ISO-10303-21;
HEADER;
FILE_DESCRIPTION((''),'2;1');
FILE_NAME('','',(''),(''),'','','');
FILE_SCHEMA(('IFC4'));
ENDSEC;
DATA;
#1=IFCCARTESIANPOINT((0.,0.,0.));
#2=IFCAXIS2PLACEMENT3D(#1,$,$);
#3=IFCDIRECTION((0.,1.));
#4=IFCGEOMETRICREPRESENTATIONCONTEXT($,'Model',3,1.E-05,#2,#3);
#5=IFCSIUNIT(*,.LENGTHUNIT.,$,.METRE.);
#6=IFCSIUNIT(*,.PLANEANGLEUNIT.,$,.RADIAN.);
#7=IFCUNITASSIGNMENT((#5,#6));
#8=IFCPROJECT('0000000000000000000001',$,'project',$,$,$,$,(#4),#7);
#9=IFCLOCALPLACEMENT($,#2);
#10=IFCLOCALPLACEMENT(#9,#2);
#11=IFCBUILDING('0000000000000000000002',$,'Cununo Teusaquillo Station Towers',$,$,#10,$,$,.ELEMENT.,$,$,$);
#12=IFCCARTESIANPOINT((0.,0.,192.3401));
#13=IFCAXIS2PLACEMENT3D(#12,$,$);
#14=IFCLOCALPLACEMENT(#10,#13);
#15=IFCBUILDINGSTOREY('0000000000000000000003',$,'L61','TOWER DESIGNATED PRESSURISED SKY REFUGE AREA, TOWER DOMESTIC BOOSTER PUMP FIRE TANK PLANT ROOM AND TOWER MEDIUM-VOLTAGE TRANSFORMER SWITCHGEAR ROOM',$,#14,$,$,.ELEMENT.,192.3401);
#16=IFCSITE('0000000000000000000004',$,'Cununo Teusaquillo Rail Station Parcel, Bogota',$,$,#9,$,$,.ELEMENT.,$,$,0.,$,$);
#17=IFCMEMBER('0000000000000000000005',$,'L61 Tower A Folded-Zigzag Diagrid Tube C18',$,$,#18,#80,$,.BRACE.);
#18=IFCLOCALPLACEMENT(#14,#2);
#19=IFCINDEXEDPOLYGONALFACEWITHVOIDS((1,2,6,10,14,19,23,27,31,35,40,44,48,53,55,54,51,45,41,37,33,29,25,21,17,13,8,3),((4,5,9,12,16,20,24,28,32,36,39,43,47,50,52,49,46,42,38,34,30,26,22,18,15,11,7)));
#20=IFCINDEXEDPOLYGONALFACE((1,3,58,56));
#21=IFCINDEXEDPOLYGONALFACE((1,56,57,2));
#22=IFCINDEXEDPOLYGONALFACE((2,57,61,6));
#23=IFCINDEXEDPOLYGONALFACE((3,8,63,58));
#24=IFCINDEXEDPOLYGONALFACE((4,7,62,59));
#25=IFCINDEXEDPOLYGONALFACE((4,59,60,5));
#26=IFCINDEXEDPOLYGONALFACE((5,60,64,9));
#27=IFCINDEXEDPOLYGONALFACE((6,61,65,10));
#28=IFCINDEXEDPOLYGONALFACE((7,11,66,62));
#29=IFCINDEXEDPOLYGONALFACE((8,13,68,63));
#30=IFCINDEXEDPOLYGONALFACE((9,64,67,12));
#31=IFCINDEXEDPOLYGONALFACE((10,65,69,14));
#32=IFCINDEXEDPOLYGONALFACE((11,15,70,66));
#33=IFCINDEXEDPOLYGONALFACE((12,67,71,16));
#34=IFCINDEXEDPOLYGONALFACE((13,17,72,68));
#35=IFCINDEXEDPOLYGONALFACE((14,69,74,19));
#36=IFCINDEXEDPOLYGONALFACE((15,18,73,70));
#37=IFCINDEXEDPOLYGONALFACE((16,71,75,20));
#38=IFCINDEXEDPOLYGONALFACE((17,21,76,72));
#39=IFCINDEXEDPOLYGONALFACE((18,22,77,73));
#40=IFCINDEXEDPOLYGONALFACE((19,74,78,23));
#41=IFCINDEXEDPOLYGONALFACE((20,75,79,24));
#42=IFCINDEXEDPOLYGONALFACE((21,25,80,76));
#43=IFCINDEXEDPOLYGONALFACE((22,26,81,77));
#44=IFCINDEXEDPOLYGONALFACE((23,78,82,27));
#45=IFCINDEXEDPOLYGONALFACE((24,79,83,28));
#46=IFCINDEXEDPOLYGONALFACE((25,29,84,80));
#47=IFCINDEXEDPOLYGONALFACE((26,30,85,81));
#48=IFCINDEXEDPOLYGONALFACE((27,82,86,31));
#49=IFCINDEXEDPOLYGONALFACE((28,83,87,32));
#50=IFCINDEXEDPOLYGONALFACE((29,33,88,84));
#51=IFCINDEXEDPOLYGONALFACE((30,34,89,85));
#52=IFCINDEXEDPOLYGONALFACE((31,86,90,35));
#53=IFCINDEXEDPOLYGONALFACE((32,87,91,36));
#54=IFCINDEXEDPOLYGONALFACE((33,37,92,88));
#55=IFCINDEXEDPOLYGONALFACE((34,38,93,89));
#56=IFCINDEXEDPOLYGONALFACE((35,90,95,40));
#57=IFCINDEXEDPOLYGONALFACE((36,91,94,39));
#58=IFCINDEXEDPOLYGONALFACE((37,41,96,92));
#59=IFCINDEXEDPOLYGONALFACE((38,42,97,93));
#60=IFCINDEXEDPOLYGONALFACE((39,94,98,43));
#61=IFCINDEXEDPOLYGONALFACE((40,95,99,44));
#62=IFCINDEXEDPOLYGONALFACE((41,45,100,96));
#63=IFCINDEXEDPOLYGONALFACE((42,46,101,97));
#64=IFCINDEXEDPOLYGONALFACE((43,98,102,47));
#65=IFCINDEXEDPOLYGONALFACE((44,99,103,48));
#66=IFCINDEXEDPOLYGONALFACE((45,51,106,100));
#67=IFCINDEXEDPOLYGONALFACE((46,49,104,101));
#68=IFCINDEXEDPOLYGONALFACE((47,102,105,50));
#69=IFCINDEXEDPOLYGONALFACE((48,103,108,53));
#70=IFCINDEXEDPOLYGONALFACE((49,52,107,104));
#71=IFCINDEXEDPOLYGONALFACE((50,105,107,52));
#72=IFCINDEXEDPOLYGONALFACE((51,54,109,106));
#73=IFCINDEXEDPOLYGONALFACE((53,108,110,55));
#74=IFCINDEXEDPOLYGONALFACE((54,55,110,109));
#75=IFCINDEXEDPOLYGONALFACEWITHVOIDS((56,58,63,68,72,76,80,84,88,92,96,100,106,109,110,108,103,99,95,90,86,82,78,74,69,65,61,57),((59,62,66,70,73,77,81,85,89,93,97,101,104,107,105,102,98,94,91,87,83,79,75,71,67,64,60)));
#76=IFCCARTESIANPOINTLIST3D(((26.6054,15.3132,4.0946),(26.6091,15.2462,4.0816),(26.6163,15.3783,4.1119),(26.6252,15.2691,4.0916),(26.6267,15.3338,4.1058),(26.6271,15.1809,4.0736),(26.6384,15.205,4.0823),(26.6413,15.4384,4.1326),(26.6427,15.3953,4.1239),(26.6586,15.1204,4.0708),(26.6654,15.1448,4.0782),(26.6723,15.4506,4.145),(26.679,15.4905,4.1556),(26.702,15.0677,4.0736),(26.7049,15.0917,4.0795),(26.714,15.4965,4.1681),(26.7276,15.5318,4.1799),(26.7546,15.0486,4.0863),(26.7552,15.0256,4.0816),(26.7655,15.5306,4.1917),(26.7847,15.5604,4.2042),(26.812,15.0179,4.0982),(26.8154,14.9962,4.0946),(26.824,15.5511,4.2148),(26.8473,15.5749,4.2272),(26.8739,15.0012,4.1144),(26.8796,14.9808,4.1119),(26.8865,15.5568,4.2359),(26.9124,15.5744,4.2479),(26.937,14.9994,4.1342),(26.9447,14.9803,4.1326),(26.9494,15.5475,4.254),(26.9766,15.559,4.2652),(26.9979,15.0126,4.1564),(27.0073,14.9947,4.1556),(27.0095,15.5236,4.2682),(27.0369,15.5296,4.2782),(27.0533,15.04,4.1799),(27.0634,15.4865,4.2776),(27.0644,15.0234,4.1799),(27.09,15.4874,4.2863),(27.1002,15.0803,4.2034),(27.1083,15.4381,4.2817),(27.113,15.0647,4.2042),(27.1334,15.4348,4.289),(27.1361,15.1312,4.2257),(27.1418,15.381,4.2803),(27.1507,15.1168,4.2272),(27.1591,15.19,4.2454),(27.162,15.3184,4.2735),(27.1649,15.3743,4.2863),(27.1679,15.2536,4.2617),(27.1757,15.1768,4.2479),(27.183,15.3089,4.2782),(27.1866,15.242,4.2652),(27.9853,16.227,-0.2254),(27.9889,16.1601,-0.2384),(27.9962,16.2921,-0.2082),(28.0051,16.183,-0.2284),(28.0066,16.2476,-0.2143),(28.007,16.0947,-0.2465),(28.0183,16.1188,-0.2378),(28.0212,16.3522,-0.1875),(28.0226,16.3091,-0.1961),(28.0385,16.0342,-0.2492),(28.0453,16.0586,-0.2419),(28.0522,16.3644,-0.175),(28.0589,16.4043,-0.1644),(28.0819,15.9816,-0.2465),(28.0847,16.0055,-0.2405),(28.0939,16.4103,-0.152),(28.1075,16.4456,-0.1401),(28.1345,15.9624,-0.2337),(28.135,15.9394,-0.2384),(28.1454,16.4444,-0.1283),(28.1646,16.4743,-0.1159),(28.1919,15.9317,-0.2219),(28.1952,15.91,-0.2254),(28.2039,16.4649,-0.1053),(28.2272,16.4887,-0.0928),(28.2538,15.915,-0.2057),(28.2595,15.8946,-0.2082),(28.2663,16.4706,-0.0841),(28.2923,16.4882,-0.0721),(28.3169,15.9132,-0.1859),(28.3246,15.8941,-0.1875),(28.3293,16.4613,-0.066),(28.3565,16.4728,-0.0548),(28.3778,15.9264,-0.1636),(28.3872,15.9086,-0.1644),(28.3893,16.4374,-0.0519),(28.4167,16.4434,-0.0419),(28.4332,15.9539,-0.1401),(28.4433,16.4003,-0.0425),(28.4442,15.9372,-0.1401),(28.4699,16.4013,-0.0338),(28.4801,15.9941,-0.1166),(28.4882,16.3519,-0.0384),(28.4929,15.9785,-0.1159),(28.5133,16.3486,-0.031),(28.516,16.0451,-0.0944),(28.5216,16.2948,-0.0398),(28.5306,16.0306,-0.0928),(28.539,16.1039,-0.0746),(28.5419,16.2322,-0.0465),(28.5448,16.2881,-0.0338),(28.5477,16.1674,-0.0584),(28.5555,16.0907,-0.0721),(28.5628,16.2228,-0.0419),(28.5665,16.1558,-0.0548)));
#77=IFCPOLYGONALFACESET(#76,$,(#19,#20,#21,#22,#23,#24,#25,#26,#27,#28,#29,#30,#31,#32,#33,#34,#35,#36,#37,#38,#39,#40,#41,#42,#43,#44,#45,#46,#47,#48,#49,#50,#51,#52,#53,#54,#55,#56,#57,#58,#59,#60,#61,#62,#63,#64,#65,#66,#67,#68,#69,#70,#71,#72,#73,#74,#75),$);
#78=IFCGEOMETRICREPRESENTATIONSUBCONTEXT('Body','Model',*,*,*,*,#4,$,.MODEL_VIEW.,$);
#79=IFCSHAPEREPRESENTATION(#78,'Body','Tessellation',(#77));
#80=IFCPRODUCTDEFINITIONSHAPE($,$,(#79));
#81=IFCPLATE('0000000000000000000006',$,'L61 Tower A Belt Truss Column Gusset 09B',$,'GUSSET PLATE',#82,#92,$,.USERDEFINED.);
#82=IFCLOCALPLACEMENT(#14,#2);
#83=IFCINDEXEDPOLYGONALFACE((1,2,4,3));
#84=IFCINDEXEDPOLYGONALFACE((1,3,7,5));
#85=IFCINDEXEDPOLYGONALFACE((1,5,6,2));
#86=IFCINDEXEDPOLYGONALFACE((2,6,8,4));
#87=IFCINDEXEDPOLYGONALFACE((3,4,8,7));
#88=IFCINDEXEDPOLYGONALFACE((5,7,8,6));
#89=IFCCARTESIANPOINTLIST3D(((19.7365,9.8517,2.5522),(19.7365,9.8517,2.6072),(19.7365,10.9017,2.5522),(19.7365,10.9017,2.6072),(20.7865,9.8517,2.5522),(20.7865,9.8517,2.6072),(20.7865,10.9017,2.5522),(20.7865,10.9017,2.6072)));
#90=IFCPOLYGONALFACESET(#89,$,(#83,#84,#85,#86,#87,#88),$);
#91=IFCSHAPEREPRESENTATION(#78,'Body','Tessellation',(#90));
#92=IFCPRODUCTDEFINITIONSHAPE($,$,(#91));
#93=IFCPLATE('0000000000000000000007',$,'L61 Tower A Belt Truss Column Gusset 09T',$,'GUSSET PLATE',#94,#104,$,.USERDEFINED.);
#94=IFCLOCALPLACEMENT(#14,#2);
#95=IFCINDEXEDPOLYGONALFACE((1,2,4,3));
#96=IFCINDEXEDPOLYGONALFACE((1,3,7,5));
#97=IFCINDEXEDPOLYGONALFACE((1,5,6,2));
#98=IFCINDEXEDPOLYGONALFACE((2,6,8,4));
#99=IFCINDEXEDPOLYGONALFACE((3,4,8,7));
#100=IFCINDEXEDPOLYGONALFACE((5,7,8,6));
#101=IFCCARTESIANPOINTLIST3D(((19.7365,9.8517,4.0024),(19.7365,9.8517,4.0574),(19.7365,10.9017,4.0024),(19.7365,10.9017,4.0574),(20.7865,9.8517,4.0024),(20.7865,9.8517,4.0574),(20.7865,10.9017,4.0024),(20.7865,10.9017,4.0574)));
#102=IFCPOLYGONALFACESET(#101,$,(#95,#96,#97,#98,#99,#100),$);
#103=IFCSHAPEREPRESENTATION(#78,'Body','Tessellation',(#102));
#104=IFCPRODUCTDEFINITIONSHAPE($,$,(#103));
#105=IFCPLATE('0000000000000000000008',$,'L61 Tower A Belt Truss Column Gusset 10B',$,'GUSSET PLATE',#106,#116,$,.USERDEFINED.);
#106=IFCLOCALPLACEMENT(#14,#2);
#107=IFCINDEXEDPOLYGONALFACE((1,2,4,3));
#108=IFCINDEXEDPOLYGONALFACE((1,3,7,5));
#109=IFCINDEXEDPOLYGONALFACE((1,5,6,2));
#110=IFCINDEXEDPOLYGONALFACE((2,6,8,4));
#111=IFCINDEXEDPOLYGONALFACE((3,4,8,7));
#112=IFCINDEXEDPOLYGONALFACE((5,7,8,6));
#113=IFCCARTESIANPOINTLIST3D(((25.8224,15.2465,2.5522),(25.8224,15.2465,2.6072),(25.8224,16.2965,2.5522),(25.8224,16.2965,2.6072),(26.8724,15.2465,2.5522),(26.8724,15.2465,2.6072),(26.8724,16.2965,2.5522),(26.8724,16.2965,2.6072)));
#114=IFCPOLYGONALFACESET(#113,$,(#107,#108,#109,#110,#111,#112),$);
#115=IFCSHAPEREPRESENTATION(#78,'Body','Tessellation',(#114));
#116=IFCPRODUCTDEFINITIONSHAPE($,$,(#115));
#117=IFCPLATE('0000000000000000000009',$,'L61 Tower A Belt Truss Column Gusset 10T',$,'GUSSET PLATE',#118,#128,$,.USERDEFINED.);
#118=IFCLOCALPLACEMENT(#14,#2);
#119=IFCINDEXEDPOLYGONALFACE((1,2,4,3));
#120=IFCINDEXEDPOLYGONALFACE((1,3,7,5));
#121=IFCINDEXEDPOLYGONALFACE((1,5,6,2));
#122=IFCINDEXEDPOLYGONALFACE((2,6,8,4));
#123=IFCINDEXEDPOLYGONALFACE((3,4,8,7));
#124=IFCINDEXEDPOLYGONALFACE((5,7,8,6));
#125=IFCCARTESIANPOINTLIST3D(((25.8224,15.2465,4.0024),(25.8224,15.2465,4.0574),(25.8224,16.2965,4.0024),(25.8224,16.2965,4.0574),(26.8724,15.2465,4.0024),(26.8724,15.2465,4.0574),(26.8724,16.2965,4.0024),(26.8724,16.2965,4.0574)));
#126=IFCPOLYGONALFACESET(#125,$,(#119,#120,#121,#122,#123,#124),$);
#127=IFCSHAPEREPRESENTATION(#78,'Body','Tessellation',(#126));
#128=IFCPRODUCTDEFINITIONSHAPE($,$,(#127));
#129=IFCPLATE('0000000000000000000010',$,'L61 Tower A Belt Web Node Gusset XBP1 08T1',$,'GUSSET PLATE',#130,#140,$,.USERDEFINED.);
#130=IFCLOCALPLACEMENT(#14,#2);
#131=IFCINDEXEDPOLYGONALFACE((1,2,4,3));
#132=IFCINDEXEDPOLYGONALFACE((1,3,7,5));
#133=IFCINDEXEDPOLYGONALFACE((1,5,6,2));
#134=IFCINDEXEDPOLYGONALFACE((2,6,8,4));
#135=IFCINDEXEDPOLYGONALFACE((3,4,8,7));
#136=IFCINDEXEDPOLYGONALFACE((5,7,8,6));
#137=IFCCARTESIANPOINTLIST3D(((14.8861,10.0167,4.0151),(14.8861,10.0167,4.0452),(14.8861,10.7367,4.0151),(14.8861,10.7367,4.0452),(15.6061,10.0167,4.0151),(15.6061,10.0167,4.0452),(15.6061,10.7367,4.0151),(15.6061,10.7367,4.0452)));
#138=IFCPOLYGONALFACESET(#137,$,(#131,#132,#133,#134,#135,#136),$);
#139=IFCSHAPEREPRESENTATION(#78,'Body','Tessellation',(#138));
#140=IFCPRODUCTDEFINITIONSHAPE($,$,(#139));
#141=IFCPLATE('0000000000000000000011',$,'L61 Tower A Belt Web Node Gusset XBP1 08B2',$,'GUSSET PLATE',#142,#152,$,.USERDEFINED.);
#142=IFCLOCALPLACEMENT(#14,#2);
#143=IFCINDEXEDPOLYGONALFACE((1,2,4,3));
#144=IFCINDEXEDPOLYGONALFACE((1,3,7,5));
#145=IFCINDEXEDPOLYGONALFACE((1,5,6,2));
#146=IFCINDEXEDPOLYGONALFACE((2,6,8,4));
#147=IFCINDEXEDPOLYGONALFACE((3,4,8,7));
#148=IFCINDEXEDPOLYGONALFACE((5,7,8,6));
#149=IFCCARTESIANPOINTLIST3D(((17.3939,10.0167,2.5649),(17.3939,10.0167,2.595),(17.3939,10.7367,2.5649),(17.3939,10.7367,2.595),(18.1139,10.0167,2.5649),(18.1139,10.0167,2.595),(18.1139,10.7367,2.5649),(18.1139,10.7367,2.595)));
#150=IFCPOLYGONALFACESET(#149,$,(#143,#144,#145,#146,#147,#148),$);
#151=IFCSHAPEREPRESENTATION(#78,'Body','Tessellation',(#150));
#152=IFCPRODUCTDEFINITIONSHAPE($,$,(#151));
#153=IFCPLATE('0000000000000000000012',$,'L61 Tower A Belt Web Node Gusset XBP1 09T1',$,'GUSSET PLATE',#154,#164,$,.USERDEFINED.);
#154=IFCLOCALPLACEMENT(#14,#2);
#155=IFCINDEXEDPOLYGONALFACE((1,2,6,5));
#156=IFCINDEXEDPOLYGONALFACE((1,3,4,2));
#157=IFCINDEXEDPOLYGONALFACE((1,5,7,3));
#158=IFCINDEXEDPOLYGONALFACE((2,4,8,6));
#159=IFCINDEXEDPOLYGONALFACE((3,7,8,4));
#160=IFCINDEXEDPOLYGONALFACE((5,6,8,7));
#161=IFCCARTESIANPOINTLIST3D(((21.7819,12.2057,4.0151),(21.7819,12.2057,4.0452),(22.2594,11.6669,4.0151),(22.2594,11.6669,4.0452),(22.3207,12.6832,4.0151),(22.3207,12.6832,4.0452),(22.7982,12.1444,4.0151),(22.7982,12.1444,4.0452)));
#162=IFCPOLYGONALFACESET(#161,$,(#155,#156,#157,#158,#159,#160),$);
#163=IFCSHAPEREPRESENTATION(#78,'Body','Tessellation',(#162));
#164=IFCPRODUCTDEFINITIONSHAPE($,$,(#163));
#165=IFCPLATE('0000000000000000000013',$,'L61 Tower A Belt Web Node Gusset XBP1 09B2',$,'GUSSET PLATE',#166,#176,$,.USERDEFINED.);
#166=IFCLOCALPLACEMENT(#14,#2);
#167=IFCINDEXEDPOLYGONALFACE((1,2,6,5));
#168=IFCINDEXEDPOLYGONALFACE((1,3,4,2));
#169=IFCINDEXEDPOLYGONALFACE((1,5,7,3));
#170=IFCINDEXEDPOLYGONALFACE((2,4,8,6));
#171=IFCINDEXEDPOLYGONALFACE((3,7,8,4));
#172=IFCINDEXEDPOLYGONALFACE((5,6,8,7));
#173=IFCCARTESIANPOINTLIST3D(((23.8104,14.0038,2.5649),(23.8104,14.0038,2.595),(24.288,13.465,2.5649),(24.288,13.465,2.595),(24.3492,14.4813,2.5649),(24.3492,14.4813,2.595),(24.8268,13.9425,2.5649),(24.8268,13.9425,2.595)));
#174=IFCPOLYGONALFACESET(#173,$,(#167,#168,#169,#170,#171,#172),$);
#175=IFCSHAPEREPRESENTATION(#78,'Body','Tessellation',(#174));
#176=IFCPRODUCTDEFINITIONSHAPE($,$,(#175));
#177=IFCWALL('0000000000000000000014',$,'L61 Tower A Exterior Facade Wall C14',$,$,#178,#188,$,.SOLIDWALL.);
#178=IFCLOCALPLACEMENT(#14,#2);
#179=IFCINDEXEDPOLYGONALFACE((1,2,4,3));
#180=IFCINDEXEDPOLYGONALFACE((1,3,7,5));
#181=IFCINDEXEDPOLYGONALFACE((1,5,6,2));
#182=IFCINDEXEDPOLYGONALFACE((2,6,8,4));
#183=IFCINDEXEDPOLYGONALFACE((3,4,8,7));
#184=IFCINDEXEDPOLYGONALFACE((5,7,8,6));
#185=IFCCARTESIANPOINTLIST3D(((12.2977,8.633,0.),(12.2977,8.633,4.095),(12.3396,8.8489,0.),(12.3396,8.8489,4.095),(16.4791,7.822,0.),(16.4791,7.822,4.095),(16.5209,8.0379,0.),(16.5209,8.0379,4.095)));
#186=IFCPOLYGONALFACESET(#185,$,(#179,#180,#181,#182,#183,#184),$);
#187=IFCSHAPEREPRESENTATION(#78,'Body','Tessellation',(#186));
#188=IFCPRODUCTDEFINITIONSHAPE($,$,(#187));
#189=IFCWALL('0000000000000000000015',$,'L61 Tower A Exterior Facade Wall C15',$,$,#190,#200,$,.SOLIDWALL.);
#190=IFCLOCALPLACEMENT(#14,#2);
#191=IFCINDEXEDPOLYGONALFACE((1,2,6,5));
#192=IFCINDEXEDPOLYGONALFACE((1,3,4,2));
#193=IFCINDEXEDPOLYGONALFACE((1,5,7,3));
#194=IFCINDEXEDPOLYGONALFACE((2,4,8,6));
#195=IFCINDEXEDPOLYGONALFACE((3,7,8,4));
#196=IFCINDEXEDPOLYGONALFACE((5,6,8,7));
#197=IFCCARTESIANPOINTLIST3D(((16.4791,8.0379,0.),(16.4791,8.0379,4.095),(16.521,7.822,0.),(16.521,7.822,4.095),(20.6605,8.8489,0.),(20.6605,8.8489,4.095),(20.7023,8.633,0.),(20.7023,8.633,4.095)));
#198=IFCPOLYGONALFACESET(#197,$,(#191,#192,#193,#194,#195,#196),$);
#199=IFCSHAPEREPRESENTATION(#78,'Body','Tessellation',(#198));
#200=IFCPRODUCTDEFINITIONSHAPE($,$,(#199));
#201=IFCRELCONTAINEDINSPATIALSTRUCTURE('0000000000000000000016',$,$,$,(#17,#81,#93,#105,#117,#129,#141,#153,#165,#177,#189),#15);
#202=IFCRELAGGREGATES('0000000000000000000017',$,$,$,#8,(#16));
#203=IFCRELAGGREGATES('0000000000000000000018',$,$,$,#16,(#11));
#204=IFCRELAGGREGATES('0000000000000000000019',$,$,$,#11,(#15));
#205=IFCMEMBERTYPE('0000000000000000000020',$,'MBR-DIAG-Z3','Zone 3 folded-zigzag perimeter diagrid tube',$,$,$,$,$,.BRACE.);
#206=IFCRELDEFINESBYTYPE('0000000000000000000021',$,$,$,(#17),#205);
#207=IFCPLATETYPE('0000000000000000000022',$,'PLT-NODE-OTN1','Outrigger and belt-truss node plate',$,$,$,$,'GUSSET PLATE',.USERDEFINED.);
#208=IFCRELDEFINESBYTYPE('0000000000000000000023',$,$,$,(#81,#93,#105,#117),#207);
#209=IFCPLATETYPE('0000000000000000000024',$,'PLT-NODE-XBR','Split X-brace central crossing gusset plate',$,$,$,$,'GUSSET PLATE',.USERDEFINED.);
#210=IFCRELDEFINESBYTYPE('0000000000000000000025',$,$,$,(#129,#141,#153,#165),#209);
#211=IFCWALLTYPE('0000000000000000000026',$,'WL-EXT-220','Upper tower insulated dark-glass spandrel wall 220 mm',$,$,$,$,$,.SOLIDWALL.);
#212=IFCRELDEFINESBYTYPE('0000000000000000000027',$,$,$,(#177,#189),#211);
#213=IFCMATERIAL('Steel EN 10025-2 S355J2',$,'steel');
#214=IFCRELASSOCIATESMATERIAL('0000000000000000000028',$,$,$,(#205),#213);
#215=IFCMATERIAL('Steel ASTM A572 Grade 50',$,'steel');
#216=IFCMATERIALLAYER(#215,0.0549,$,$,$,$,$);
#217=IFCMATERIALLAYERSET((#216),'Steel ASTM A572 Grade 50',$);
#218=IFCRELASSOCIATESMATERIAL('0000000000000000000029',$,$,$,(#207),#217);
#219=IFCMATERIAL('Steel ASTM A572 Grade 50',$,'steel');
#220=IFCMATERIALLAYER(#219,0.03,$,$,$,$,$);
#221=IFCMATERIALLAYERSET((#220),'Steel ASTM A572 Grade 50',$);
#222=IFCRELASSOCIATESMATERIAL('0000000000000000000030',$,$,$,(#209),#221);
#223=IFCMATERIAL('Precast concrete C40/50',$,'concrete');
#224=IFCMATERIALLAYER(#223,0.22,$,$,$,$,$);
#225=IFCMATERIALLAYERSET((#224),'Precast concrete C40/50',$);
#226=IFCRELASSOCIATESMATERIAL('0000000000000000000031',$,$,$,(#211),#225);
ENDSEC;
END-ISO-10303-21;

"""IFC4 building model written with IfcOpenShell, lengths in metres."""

from ifc_helpers import new_model, si_unit, direction, frame, frame_2d, origin, origin_2d, place, context, subcontext, project, spatial, rectangle, hollow_circle, extrude, source, transform, mapped, material, layer, layer_set, material_profile, profile_set, type_object, element, save


model = new_model("IFC4")

# Units and contexts
model_context = context("Model", 3, precision=1e-05, world=origin(), true_north=direction((0.0, 1.0)))
body_context = subcontext(model_context, "Body", "Model", "MODEL_VIEW")
ifc_project = project(units=[si_unit("LENGTHUNIT", "METRE"), si_unit("PLANEANGLEUNIT", "RADIAN")], contexts=[model_context])

# Site, building, storey
site_placement = place(None, origin())
site = spatial("IfcSite", under=ifc_project, at=site_placement, Name="Cununo Teusaquillo Rail Station Parcel, Bogota", CompositionType="ELEMENT", RefElevation=0.0)
building_placement = place(site_placement, origin())
building = spatial("IfcBuilding", under=site, at=building_placement, Name="Cununo Teusaquillo Station Towers", CompositionType="ELEMENT")
storey_placement = place(building_placement, frame((0.0, 0.0, 192.3401)))
storey = spatial("IfcBuildingStorey", under=building, at=storey_placement, Name="L61", Description="TOWER DESIGNATED PRESSURISED SKY REFUGE AREA, TOWER DOMESTIC BOOSTER PUMP FIRE TANK PLANT ROOM AND TOWER MEDIUM-VOLTAGE TRANSFORMER SWITCHGEAR ROOM", CompositionType="ELEMENT", Elevation=192.3401)

# Member
ifc_material_1 = material(Name="Steel EN 10025-2 S355J2", Category="steel")
ifc_material_profile_1 = material_profile(ifc_material_1, hollow_circle(Radius=0.3049, WallThickness=0.02, at=origin_2d()), Name="CHS 610x20")
ifc_profile_set_1 = profile_set([ifc_material_profile_1], Name="Steel EN 10025-2 S355J2")
member_type_1 = type_object("IfcMemberType", Name="MBR-DIAG-Z3", Description="Zone 3 folded-zigzag perimeter diagrid tube", PredefinedType="BRACE", material=ifc_profile_set_1)
member_1_placement = place(storey_placement, frame((28.2759, 16.1914, -0.1401), z_axis=(-0.298273, -0.197529, 0.933818), x_axis=(0.552144, -0.833748, 0.0)))
element("IfcMember", 1, at=member_1_placement, inside=storey, type_object=member_type_1, Name="L61 Tower A Folded-Zigzag Diagrid Tube C18", PredefinedType="BRACE", context=body_context, shape_type="SweptSolid", body=[
    extrude(hollow_circle(Radius=0.3049, WallThickness=0.02, at=origin_2d()), origin(), (0.0, 0.0, 1.0), 4.6262),
])

# Plates
ifc_material_2 = material(Name="Steel ASTM A572 Grade 50", Category="steel")
ifc_layer_1 = layer(ifc_material_2, 0.0549)
ifc_layer_set_1 = layer_set([ifc_layer_1], Name="Steel ASTM A572 Grade 50")
plate_type_1 = type_object("IfcPlateType", Name="PLT-NODE-OTN1", Description="Outrigger and belt-truss node plate", ElementType="GUSSET PLATE", PredefinedType="USERDEFINED", material=ifc_layer_set_1)
shared_shape_1 = source(origin(), body_context, "Body", "SweptSolid", [
    extrude(rectangle(XDim=1.05, YDim=1.05, at=origin_2d()), origin(), (0.0, 0.0, 1.0), 0.0549),
])
for number, where, z_axis, x_axis, name in (
    (2, (20.2615, 10.3767, 2.5522), (0.0, 0.0, 1.0), (1.0, 0.0, 0.0), "L61 Tower A Belt Truss Column Gusset 09B"),
    (3, (20.2615, 10.3767, 4.0024), (0.0, 0.0, 1.0), (1.0, 0.0, 0.0), "L61 Tower A Belt Truss Column Gusset 09T"),
    (4, (26.3474, 15.7715, 2.5522), (0.0, 0.0, 1.0), (1.0, 0.0, 0.0), "L61 Tower A Belt Truss Column Gusset 10B"),
    (5, (26.3474, 15.7715, 4.0024), (0.0, 0.0, 1.0), (1.0, 0.0, 0.0), "L61 Tower A Belt Truss Column Gusset 10T"),
):
    element("IfcPlate", number, at=place(storey_placement, frame(where, z_axis=z_axis, x_axis=x_axis)), inside=storey, type_object=plate_type_1, Name=name, ObjectType="GUSSET PLATE", PredefinedType="USERDEFINED", context=body_context, shape_type="MappedRepresentation", body=[
        mapped(shared_shape_1, transform((0.0, 0.0, 0.0), x_axis=(1.0, 0.0, 0.0), y_axis=(0.0, 1.0, 0.0), z_axis=(0.0, 0.0, 1.0), scale=1.0)),
    ])
ifc_material_3 = material(Name="Steel ASTM A572 Grade 50", Category="steel")
ifc_layer_2 = layer(ifc_material_3, 0.03)
ifc_layer_set_2 = layer_set([ifc_layer_2], Name="Steel ASTM A572 Grade 50")
plate_type_2 = type_object("IfcPlateType", Name="PLT-NODE-XBR", Description="Split X-brace central crossing gusset plate", ElementType="GUSSET PLATE", PredefinedType="USERDEFINED", material=ifc_layer_set_2)
shared_shape_2 = source(origin(), body_context, "Body", "SweptSolid", [
    extrude(rectangle(XDim=0.72, YDim=0.72, at=origin_2d()), origin(), (0.0, 0.0, 1.0), 0.03),
])
for number, where, z_axis, x_axis, name in (
    (6, (15.2461, 10.3767, 4.0151), (0.0, 0.0, 1.0), (1.0, 0.0, 0.0), "L61 Tower A Belt Web Node Gusset XBP1 08T1"),
    (7, (17.7539, 10.3767, 2.5649), (0.0, 0.0, 1.0), (1.0, 0.0, 0.0), "L61 Tower A Belt Web Node Gusset XBP1 08B2"),
    (8, (22.29, 12.175, 4.0151), (0.0, 0.0, 1.0), (0.748377, 0.663273, 0.0), "L61 Tower A Belt Web Node Gusset XBP1 09T1"),
    (9, (24.3186, 13.9731, 2.5649), (0.0, 0.0, 1.0), (0.748377, 0.663273, 0.0), "L61 Tower A Belt Web Node Gusset XBP1 09B2"),
):
    element("IfcPlate", number, at=place(storey_placement, frame(where, z_axis=z_axis, x_axis=x_axis)), inside=storey, type_object=plate_type_2, Name=name, ObjectType="GUSSET PLATE", PredefinedType="USERDEFINED", context=body_context, shape_type="MappedRepresentation", body=[
        mapped(shared_shape_2, transform((0.0, 0.0, 0.0), x_axis=(1.0, 0.0, 0.0), y_axis=(0.0, 1.0, 0.0), z_axis=(0.0, 0.0, 1.0), scale=1.0)),
    ])

# Walls
ifc_material_4 = material(Name="Precast concrete C40/50", Category="concrete")
ifc_layer_3 = layer(ifc_material_4, 0.22)
ifc_layer_set_3 = layer_set([ifc_layer_3], Name="Precast concrete C40/50")
wall_type_1 = type_object("IfcWallType", Name="WL-EXT-220", Description="Upper tower insulated dark-glass spandrel wall 220 mm", PredefinedType="SOLIDWALL", material=ifc_layer_set_3)
for number, where, z_axis, x_axis, name in (
    (10, (16.5, 7.9299, 0.0), (0.0, 0.0, 1.0), (-0.981704, 0.190414, 0.0), "L61 Tower A Exterior Facade Wall C14"),
    (11, (20.6814, 8.741, 0.0), (0.0, 0.0, 1.0), (-0.981704, -0.190414, 0.0), "L61 Tower A Exterior Facade Wall C15"),
):
    element("IfcWall", number, at=place(storey_placement, frame(where, z_axis=z_axis, x_axis=x_axis)), inside=storey, type_object=wall_type_1, Name=name, PredefinedType="SOLIDWALL", context=body_context, shape_type="SweptSolid", body=[
        extrude(rectangle(XDim=4.2593, YDim=0.22, at=frame_2d((2.1296, 0.0))), origin(), (0.0, 0.0, 1.0), 4.095),
    ])

save(model, "model.ifc")
